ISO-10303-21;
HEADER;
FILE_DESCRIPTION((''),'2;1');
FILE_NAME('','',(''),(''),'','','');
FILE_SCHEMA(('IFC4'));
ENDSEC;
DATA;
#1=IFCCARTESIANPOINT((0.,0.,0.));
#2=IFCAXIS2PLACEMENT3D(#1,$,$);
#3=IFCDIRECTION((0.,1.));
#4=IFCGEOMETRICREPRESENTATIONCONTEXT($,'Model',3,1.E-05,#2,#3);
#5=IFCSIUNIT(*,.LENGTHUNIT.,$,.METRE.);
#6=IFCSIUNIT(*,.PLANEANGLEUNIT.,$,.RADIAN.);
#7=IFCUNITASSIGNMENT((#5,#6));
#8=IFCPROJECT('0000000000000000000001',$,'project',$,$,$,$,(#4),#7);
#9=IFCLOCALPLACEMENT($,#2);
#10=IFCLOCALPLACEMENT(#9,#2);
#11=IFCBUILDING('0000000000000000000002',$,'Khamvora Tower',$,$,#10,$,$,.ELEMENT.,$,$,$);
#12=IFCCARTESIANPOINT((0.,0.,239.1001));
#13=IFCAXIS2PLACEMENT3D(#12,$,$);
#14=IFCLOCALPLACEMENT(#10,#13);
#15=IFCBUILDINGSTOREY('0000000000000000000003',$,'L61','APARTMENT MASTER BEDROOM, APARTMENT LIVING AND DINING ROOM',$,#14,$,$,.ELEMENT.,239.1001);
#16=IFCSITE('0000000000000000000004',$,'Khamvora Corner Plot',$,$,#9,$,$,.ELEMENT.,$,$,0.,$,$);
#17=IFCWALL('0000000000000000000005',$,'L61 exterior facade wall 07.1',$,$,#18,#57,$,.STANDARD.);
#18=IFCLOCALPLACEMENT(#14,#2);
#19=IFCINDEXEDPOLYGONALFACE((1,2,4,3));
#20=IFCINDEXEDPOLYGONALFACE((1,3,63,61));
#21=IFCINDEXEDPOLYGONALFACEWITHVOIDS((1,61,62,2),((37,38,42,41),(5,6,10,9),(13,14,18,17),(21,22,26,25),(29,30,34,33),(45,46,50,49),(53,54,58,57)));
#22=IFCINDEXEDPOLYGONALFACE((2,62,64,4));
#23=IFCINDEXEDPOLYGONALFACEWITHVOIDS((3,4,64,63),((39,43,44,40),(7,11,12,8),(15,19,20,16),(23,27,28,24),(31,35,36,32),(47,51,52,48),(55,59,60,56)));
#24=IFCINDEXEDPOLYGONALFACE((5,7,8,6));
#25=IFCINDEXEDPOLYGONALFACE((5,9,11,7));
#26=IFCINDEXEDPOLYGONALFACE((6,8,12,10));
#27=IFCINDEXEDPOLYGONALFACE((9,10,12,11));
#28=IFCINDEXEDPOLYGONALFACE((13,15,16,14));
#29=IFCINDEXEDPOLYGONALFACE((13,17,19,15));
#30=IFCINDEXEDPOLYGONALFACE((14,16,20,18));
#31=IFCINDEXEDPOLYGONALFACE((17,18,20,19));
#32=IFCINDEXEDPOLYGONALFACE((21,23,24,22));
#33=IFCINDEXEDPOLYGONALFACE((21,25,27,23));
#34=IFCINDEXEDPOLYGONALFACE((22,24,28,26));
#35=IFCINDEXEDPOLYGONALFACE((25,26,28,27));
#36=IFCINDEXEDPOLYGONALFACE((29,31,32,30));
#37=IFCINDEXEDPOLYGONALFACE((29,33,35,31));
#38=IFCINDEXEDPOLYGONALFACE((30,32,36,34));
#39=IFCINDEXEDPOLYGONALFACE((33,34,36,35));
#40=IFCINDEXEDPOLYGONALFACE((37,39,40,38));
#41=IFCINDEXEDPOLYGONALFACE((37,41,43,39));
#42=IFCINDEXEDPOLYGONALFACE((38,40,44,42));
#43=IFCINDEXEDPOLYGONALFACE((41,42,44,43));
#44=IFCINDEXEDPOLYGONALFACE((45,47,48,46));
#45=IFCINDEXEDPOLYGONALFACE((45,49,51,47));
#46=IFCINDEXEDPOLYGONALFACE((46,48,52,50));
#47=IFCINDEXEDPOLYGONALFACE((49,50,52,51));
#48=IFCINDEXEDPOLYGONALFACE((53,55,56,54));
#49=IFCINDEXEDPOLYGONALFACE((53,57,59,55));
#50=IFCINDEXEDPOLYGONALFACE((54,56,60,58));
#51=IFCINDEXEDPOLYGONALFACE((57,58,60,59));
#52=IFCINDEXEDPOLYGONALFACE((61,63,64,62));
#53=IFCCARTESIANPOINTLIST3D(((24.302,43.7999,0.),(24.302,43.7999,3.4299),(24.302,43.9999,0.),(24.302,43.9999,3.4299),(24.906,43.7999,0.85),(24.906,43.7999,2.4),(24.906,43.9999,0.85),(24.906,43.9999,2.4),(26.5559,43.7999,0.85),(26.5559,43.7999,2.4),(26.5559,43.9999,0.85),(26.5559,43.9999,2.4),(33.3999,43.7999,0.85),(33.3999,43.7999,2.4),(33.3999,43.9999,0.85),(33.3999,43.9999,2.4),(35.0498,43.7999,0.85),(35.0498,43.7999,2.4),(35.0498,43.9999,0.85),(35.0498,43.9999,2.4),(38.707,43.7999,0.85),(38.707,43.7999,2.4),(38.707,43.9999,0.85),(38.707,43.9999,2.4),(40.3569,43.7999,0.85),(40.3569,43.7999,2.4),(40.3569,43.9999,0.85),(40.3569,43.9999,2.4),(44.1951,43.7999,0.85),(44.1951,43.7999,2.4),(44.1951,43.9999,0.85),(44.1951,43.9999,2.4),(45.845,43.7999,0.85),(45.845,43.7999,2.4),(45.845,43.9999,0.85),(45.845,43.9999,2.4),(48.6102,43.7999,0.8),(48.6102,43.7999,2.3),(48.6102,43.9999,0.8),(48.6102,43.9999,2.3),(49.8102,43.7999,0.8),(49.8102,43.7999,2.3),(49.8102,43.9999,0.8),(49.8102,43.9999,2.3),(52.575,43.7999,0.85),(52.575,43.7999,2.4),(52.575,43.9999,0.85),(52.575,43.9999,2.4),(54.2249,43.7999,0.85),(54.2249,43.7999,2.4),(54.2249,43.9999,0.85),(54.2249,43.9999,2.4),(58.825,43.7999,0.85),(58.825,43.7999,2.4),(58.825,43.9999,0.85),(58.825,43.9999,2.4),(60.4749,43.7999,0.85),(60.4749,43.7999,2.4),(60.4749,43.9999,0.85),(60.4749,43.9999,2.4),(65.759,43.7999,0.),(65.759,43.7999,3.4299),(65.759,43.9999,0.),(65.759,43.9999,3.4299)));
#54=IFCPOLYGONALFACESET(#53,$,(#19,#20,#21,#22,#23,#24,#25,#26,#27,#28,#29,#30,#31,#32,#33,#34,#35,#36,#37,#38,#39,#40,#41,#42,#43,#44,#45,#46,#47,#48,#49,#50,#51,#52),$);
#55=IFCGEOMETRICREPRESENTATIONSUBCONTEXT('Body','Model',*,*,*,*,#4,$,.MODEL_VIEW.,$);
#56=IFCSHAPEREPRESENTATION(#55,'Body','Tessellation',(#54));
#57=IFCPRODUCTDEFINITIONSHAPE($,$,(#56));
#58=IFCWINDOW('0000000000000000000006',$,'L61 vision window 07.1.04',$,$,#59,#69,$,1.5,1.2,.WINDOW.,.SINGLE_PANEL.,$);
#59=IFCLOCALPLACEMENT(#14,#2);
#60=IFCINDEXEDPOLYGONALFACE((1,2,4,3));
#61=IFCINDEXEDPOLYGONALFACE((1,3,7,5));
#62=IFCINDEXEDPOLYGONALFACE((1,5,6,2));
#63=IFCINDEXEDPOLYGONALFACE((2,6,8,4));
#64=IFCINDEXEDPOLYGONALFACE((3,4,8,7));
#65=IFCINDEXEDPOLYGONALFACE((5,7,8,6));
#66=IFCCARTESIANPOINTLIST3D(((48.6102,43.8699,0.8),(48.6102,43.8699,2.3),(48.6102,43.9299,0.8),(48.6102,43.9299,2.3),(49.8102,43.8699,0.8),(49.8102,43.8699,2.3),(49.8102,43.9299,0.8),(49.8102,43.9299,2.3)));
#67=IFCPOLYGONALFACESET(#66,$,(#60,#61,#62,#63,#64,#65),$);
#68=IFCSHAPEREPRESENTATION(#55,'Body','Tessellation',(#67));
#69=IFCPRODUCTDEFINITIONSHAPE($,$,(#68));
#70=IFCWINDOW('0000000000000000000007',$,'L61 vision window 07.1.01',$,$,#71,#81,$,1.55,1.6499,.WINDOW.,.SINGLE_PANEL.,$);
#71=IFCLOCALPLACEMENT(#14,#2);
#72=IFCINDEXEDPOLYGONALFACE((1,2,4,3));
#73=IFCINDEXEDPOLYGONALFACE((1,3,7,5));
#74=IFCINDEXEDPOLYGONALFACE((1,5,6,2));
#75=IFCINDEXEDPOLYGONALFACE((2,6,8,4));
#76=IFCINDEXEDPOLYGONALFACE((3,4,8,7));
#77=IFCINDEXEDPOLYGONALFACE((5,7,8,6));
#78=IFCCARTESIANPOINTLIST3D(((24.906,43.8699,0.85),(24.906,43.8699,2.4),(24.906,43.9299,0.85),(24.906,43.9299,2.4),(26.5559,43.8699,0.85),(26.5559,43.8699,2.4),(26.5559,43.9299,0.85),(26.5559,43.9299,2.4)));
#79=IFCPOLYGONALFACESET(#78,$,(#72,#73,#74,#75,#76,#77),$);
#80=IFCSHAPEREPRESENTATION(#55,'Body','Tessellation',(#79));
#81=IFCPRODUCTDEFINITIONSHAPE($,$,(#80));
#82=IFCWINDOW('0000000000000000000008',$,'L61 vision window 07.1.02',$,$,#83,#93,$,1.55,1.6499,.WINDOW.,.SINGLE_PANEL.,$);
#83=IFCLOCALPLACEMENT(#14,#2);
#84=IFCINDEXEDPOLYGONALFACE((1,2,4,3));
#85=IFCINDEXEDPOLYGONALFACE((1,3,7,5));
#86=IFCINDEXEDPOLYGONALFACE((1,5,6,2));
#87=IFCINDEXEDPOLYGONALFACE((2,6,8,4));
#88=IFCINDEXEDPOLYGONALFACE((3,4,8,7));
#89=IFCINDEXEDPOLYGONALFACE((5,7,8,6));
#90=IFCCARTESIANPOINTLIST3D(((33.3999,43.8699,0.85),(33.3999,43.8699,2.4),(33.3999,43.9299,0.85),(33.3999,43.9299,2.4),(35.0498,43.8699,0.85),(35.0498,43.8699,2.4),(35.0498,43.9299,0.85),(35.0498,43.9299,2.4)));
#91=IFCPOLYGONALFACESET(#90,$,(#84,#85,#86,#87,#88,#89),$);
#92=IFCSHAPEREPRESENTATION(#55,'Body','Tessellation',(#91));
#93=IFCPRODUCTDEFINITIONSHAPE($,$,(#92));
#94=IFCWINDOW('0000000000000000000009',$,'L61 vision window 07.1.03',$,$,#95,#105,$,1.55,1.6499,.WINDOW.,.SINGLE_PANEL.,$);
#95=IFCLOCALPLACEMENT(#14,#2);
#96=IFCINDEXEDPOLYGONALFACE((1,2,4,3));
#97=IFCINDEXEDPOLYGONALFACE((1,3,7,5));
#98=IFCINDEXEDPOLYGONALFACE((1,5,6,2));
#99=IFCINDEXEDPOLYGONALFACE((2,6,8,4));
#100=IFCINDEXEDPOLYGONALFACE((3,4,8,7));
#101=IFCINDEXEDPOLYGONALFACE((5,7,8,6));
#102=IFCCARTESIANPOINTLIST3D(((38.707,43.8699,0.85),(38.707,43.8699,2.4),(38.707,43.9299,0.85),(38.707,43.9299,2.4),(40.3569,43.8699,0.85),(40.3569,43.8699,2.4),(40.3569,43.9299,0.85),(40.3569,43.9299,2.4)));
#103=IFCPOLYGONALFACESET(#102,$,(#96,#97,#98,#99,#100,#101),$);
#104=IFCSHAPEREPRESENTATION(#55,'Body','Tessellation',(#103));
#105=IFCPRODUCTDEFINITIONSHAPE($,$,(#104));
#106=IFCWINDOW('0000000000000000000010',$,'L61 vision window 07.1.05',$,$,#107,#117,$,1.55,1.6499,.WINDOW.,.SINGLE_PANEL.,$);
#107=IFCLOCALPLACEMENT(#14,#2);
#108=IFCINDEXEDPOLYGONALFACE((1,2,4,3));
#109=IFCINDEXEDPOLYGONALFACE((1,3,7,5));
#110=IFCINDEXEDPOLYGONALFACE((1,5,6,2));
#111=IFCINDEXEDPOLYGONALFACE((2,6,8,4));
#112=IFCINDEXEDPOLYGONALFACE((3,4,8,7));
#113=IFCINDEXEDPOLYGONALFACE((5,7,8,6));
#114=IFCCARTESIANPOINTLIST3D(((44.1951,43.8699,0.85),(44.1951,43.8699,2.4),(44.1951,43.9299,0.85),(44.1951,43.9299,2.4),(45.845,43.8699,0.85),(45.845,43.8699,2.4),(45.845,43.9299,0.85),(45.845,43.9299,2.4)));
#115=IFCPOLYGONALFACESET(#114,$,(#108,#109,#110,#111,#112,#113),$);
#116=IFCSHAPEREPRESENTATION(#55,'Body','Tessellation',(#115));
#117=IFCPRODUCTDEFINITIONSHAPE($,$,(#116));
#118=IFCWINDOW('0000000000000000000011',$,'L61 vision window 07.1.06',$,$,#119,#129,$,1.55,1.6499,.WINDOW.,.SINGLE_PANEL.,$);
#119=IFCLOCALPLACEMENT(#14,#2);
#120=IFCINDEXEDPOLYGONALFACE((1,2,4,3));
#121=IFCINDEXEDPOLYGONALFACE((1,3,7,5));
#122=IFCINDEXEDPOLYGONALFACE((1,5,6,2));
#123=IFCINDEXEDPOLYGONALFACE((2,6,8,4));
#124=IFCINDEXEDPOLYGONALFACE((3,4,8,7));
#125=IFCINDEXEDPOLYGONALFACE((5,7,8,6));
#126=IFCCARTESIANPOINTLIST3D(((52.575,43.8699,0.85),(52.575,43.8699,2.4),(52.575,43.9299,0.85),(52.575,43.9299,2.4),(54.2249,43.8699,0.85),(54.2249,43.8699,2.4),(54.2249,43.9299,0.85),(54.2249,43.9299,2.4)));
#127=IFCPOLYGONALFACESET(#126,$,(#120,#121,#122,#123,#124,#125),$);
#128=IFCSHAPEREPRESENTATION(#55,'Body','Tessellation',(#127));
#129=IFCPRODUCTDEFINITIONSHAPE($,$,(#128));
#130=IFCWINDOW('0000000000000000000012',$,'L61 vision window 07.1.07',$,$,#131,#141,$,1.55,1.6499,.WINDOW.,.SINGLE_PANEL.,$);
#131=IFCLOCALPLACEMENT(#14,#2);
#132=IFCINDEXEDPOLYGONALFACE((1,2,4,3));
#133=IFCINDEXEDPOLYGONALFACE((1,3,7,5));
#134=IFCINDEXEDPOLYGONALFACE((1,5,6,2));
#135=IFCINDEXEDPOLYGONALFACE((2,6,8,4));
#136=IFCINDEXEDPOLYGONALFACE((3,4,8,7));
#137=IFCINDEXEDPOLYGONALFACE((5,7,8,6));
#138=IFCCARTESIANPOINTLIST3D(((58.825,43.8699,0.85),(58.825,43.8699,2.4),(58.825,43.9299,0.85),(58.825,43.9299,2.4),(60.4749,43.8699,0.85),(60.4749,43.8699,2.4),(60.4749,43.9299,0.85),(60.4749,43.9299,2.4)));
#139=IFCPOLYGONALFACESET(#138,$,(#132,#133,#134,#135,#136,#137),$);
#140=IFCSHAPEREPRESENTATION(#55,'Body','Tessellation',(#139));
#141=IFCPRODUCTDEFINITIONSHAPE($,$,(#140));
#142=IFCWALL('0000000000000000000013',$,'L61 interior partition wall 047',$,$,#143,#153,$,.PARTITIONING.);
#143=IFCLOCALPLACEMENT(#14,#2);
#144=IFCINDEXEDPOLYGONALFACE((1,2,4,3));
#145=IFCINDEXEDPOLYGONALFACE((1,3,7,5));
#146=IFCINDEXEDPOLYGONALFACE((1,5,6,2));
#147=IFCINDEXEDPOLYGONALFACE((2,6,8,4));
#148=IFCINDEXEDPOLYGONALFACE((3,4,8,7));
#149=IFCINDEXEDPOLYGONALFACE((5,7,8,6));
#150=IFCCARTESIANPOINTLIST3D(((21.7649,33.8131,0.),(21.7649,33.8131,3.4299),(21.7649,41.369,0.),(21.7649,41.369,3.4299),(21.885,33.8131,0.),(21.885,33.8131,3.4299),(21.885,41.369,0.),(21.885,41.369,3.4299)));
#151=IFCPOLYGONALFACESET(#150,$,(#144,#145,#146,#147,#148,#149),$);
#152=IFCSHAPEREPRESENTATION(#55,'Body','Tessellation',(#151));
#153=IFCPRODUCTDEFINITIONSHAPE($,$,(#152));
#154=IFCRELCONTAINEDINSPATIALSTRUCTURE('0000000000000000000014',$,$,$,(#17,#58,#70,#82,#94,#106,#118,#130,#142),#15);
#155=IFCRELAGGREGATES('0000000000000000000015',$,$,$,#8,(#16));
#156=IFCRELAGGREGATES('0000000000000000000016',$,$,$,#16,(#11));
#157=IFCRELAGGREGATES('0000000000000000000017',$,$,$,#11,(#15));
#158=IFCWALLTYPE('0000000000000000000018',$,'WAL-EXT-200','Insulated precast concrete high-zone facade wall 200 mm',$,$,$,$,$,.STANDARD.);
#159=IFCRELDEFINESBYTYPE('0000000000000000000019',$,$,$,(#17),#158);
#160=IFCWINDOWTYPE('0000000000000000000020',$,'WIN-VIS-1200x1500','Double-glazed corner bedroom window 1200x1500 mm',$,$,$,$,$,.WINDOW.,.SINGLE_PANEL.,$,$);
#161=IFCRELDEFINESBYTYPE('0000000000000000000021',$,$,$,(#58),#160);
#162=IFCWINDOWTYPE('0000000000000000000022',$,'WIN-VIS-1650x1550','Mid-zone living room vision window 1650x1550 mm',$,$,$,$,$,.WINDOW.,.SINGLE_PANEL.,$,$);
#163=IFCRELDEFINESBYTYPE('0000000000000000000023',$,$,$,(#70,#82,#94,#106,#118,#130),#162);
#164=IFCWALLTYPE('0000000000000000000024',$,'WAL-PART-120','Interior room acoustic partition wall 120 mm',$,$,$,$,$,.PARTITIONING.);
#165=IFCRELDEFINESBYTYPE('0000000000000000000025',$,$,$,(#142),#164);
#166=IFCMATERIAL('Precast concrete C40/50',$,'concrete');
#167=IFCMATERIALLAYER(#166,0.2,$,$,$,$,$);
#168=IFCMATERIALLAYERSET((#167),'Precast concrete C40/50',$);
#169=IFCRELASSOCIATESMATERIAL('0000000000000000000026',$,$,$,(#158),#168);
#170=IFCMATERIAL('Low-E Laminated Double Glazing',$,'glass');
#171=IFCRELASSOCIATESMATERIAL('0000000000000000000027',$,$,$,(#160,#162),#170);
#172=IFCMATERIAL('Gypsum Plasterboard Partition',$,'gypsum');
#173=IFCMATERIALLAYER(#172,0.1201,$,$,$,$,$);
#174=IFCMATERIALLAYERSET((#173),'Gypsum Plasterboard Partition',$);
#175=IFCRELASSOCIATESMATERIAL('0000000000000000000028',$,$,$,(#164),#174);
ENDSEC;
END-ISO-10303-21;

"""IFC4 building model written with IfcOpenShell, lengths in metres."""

from ifc_helpers import new_model, si_unit, direction, frame, frame_2d, origin, place, context, subcontext, project, spatial, rectangle, extrude, material, layer, layer_set, type_object, element, fill, save


model = new_model("IFC4")

# Units and contexts
model_context = context("Model", 3, precision=1e-05, world=origin(), true_north=direction((0.0, 1.0)))
body_context = subcontext(model_context, "Body", "Model", "MODEL_VIEW")
ifc_project = project(units=[si_unit("LENGTHUNIT", "METRE"), si_unit("PLANEANGLEUNIT", "RADIAN")], contexts=[model_context])

# Site, building, storey
site_placement = place(None, origin())
site = spatial("IfcSite", under=ifc_project, at=site_placement, Name="Khamvora Corner Plot", CompositionType="ELEMENT", RefElevation=0.0)
building_placement = place(site_placement, origin())
building = spatial("IfcBuilding", under=site, at=building_placement, Name="Khamvora Tower", CompositionType="ELEMENT")
storey_placement = place(building_placement, frame((0.0, 0.0, 239.1001)))
storey = spatial("IfcBuildingStorey", under=building, at=storey_placement, Name="L61", Description="APARTMENT MASTER BEDROOM, APARTMENT LIVING AND DINING ROOM", CompositionType="ELEMENT", Elevation=239.1001)

# Shared definitions
ifc_material_1 = material(Name="Precast concrete C40/50", Category="concrete")
ifc_layer_1 = layer(ifc_material_1, 0.2)
ifc_layer_set_1 = layer_set([ifc_layer_1], Name="Precast concrete C40/50")
wall_type_1 = type_object("IfcWallType", Name="WAL-EXT-200", Description="Insulated precast concrete high-zone facade wall 200 mm", PredefinedType="STANDARD", material=ifc_layer_set_1)

# Wall, openings, windows
wall_1_placement = place(storey_placement, frame((24.302, 43.8999, 0.0), z_axis=(0.0, 0.0, 1.0), x_axis=(1.0, 0.0, 0.0)))
wall_1 = element("IfcWall", 1, at=wall_1_placement, inside=storey, type_object=wall_type_1, Name="L61 exterior facade wall 07.1", PredefinedType="STANDARD", context=body_context, shape_type="SweptSolid", body=[
    extrude(rectangle(XDim=41.457, YDim=0.2, at=frame_2d((20.7285, 0.0))), origin(), (0.0, 0.0, 1.0), 3.4299),
])
opening_1_placement = place(wall_1_placement, frame((0.604, 0.0, 0.8501)))
opening_1 = element("IfcOpeningElement", 2, at=opening_1_placement, cuts=wall_1, PredefinedType="OPENING", context=body_context, shape_type="SweptSolid", body=[
    extrude(rectangle(XDim=1.6499, YDim=1.55, at=frame_2d((0.825, 0.7749))), frame((0.0, 0.1099, 0.0), z_axis=(0.0, -1.0, 0.0), x_axis=(1.0, 0.0, 0.0)), (0.0, 0.0, 1.0), 0.22),
])
opening_2_placement = place(wall_1_placement, frame((9.0979, 0.0, 0.8501)))
opening_2 = element("IfcOpeningElement", 3, at=opening_2_placement, cuts=wall_1, PredefinedType="OPENING", context=body_context, shape_type="SweptSolid", body=[
    extrude(rectangle(XDim=1.6499, YDim=1.55, at=frame_2d((0.825, 0.7749))), frame((0.0, 0.1099, 0.0), z_axis=(0.0, -1.0, 0.0), x_axis=(1.0, 0.0, 0.0)), (0.0, 0.0, 1.0), 0.22),
])
opening_3_placement = place(wall_1_placement, frame((14.405, 0.0, 0.8501)))
opening_3 = element("IfcOpeningElement", 4, at=opening_3_placement, cuts=wall_1, PredefinedType="OPENING", context=body_context, shape_type="SweptSolid", body=[
    extrude(rectangle(XDim=1.6499, YDim=1.55, at=frame_2d((0.825, 0.7749))), frame((0.0, 0.1099, 0.0), z_axis=(0.0, -1.0, 0.0), x_axis=(1.0, 0.0, 0.0)), (0.0, 0.0, 1.0), 0.22),
])
opening_4_placement = place(wall_1_placement, frame((24.3081, 0.0, 0.8)))
opening_4 = element("IfcOpeningElement", 5, at=opening_4_placement, cuts=wall_1, PredefinedType="OPENING", context=body_context, shape_type="SweptSolid", body=[
    extrude(rectangle(XDim=1.2, YDim=1.5, at=frame_2d((0.6001, 0.75))), frame((0.0, 0.1099, 0.0), z_axis=(0.0, -1.0, 0.0), x_axis=(1.0, 0.0, 0.0)), (0.0, 0.0, 1.0), 0.22),
])
opening_5_placement = place(wall_1_placement, frame((19.8931, 0.0, 0.8501)))
opening_5 = element("IfcOpeningElement", 6, at=opening_5_placement, cuts=wall_1, PredefinedType="OPENING", context=body_context, shape_type="SweptSolid", body=[
    extrude(rectangle(XDim=1.6499, YDim=1.55, at=frame_2d((0.825, 0.7749))), frame((0.0, 0.1099, 0.0), z_axis=(0.0, -1.0, 0.0), x_axis=(1.0, 0.0, 0.0)), (0.0, 0.0, 1.0), 0.22),
])
opening_6_placement = place(wall_1_placement, frame((28.2729, 0.0, 0.8501)))
opening_6 = element("IfcOpeningElement", 7, at=opening_6_placement, cuts=wall_1, PredefinedType="OPENING", context=body_context, shape_type="SweptSolid", body=[
    extrude(rectangle(XDim=1.6499, YDim=1.55, at=frame_2d((0.825, 0.7749))), frame((0.0, 0.1099, 0.0), z_axis=(0.0, -1.0, 0.0), x_axis=(1.0, 0.0, 0.0)), (0.0, 0.0, 1.0), 0.22),
])
opening_7_placement = place(wall_1_placement, frame((34.5229, 0.0, 0.8501)))
opening_7 = element("IfcOpeningElement", 8, at=opening_7_placement, cuts=wall_1, PredefinedType="OPENING", context=body_context, shape_type="SweptSolid", body=[
    extrude(rectangle(XDim=1.6499, YDim=1.55, at=frame_2d((0.825, 0.7749))), frame((0.0, 0.1099, 0.0), z_axis=(0.0, -1.0, 0.0), x_axis=(1.0, 0.0, 0.0)), (0.0, 0.0, 1.0), 0.22),
])
ifc_material_2 = material(Name="Low-E Laminated Double Glazing", Category="glass")
window_type_1 = type_object("IfcWindowType", Name="WIN-VIS-1200x1500", Description="Double-glazed corner bedroom window 1200x1500 mm", PartitioningType="SINGLE_PANEL", PredefinedType="WINDOW", material=ifc_material_2)
window_1_placement = place(opening_4_placement, origin())
window_1 = element("IfcWindow", 9, at=window_1_placement, inside=storey, type_object=window_type_1, Name="L61 vision window 07.1.04", OverallHeight=1.5, OverallWidth=1.2, PartitioningType="SINGLE_PANEL", PredefinedType="WINDOW", context=body_context, shape_type="SweptSolid", body=[
    extrude(rectangle(XDim=1.2, YDim=1.5, at=frame_2d((0.6001, 0.75))), frame((0.0, 0.03, 0.0), z_axis=(0.0, -1.0, 0.0), x_axis=(1.0, 0.0, 0.0)), (0.0, 0.0, 1.0), 0.0601),
])
fill(opening_4, window_1)
window_type_2 = type_object("IfcWindowType", Name="WIN-VIS-1650x1550", Description="Mid-zone living room vision window 1650x1550 mm", PartitioningType="SINGLE_PANEL", PredefinedType="WINDOW", material=ifc_material_2)
window_2_placement = place(opening_1_placement, origin())
window_2 = element("IfcWindow", 10, at=window_2_placement, inside=storey, type_object=window_type_2, Name="L61 vision window 07.1.01", OverallHeight=1.55, OverallWidth=1.6499, PartitioningType="SINGLE_PANEL", PredefinedType="WINDOW", context=body_context, shape_type="SweptSolid", body=[
    extrude(rectangle(XDim=1.6499, YDim=1.55, at=frame_2d((0.825, 0.7749))), frame((0.0, 0.03, 0.0), z_axis=(0.0, -1.0, 0.0), x_axis=(1.0, 0.0, 0.0)), (0.0, 0.0, 1.0), 0.0601),
])
fill(opening_1, window_2)
window_3_placement = place(opening_2_placement, origin())
window_3 = element("IfcWindow", 11, at=window_3_placement, inside=storey, type_object=window_type_2, Name="L61 vision window 07.1.02", OverallHeight=1.55, OverallWidth=1.6499, PartitioningType="SINGLE_PANEL", PredefinedType="WINDOW", context=body_context, shape_type="SweptSolid", body=[
    extrude(rectangle(XDim=1.6499, YDim=1.55, at=frame_2d((0.825, 0.7749))), frame((0.0, 0.03, 0.0), z_axis=(0.0, -1.0, 0.0), x_axis=(1.0, 0.0, 0.0)), (0.0, 0.0, 1.0), 0.0601),
])
fill(opening_2, window_3)
window_4_placement = place(opening_3_placement, origin())
window_4 = element("IfcWindow", 12, at=window_4_placement, inside=storey, type_object=window_type_2, Name="L61 vision window 07.1.03", OverallHeight=1.55, OverallWidth=1.6499, PartitioningType="SINGLE_PANEL", PredefinedType="WINDOW", context=body_context, shape_type="SweptSolid", body=[
    extrude(rectangle(XDim=1.6499, YDim=1.55, at=frame_2d((0.825, 0.7749))), frame((0.0, 0.03, 0.0), z_axis=(0.0, -1.0, 0.0), x_axis=(1.0, 0.0, 0.0)), (0.0, 0.0, 1.0), 0.0601),
])
fill(opening_3, window_4)
window_5_placement = place(opening_5_placement, origin())
window_5 = element("IfcWindow", 13, at=window_5_placement, inside=storey, type_object=window_type_2, Name="L61 vision window 07.1.05", OverallHeight=1.55, OverallWidth=1.6499, PartitioningType="SINGLE_PANEL", PredefinedType="WINDOW", context=body_context, shape_type="SweptSolid", body=[
    extrude(rectangle(XDim=1.6499, YDim=1.55, at=frame_2d((0.825, 0.7749))), frame((0.0, 0.03, 0.0), z_axis=(0.0, -1.0, 0.0), x_axis=(1.0, 0.0, 0.0)), (0.0, 0.0, 1.0), 0.0601),
])
fill(opening_5, window_5)
window_6_placement = place(opening_6_placement, origin())
window_6 = element("IfcWindow", 14, at=window_6_placement, inside=storey, type_object=window_type_2, Name="L61 vision window 07.1.06", OverallHeight=1.55, OverallWidth=1.6499, PartitioningType="SINGLE_PANEL", PredefinedType="WINDOW", context=body_context, shape_type="SweptSolid", body=[
    extrude(rectangle(XDim=1.6499, YDim=1.55, at=frame_2d((0.825, 0.7749))), frame((0.0, 0.03, 0.0), z_axis=(0.0, -1.0, 0.0), x_axis=(1.0, 0.0, 0.0)), (0.0, 0.0, 1.0), 0.0601),
])
fill(opening_6, window_6)
window_7_placement = place(opening_7_placement, origin())
window_7 = element("IfcWindow", 15, at=window_7_placement, inside=storey, type_object=window_type_2, Name="L61 vision window 07.1.07", OverallHeight=1.55, OverallWidth=1.6499, PartitioningType="SINGLE_PANEL", PredefinedType="WINDOW", context=body_context, shape_type="SweptSolid", body=[
    extrude(rectangle(XDim=1.6499, YDim=1.55, at=frame_2d((0.825, 0.7749))), frame((0.0, 0.03, 0.0), z_axis=(0.0, -1.0, 0.0), x_axis=(1.0, 0.0, 0.0)), (0.0, 0.0, 1.0), 0.0601),
])
fill(opening_7, window_7)

# Wall
ifc_material_3 = material(Name="Gypsum Plasterboard Partition", Category="gypsum")
ifc_layer_2 = layer(ifc_material_3, 0.1201)
ifc_layer_set_2 = layer_set([ifc_layer_2], Name="Gypsum Plasterboard Partition")
wall_type_2 = type_object("IfcWallType", Name="WAL-PART-120", Description="Interior room acoustic partition wall 120 mm", PredefinedType="PARTITIONING", material=ifc_layer_set_2)
wall_2_placement = place(storey_placement, frame((21.825, 41.3689, 0.0), z_axis=(0.0, 0.0, 1.0), x_axis=(0.0, -1.0, 0.0)))
element("IfcWall", 16, at=wall_2_placement, inside=storey, type_object=wall_type_2, Name="L61 interior partition wall 047", PredefinedType="PARTITIONING", context=body_context, shape_type="SweptSolid", body=[
    extrude(rectangle(XDim=7.5559, YDim=0.1201, at=frame_2d((3.7778, 0.0))), origin(), (0.0, 0.0, 1.0), 3.4299),
])

save(model, "model.ifc")
